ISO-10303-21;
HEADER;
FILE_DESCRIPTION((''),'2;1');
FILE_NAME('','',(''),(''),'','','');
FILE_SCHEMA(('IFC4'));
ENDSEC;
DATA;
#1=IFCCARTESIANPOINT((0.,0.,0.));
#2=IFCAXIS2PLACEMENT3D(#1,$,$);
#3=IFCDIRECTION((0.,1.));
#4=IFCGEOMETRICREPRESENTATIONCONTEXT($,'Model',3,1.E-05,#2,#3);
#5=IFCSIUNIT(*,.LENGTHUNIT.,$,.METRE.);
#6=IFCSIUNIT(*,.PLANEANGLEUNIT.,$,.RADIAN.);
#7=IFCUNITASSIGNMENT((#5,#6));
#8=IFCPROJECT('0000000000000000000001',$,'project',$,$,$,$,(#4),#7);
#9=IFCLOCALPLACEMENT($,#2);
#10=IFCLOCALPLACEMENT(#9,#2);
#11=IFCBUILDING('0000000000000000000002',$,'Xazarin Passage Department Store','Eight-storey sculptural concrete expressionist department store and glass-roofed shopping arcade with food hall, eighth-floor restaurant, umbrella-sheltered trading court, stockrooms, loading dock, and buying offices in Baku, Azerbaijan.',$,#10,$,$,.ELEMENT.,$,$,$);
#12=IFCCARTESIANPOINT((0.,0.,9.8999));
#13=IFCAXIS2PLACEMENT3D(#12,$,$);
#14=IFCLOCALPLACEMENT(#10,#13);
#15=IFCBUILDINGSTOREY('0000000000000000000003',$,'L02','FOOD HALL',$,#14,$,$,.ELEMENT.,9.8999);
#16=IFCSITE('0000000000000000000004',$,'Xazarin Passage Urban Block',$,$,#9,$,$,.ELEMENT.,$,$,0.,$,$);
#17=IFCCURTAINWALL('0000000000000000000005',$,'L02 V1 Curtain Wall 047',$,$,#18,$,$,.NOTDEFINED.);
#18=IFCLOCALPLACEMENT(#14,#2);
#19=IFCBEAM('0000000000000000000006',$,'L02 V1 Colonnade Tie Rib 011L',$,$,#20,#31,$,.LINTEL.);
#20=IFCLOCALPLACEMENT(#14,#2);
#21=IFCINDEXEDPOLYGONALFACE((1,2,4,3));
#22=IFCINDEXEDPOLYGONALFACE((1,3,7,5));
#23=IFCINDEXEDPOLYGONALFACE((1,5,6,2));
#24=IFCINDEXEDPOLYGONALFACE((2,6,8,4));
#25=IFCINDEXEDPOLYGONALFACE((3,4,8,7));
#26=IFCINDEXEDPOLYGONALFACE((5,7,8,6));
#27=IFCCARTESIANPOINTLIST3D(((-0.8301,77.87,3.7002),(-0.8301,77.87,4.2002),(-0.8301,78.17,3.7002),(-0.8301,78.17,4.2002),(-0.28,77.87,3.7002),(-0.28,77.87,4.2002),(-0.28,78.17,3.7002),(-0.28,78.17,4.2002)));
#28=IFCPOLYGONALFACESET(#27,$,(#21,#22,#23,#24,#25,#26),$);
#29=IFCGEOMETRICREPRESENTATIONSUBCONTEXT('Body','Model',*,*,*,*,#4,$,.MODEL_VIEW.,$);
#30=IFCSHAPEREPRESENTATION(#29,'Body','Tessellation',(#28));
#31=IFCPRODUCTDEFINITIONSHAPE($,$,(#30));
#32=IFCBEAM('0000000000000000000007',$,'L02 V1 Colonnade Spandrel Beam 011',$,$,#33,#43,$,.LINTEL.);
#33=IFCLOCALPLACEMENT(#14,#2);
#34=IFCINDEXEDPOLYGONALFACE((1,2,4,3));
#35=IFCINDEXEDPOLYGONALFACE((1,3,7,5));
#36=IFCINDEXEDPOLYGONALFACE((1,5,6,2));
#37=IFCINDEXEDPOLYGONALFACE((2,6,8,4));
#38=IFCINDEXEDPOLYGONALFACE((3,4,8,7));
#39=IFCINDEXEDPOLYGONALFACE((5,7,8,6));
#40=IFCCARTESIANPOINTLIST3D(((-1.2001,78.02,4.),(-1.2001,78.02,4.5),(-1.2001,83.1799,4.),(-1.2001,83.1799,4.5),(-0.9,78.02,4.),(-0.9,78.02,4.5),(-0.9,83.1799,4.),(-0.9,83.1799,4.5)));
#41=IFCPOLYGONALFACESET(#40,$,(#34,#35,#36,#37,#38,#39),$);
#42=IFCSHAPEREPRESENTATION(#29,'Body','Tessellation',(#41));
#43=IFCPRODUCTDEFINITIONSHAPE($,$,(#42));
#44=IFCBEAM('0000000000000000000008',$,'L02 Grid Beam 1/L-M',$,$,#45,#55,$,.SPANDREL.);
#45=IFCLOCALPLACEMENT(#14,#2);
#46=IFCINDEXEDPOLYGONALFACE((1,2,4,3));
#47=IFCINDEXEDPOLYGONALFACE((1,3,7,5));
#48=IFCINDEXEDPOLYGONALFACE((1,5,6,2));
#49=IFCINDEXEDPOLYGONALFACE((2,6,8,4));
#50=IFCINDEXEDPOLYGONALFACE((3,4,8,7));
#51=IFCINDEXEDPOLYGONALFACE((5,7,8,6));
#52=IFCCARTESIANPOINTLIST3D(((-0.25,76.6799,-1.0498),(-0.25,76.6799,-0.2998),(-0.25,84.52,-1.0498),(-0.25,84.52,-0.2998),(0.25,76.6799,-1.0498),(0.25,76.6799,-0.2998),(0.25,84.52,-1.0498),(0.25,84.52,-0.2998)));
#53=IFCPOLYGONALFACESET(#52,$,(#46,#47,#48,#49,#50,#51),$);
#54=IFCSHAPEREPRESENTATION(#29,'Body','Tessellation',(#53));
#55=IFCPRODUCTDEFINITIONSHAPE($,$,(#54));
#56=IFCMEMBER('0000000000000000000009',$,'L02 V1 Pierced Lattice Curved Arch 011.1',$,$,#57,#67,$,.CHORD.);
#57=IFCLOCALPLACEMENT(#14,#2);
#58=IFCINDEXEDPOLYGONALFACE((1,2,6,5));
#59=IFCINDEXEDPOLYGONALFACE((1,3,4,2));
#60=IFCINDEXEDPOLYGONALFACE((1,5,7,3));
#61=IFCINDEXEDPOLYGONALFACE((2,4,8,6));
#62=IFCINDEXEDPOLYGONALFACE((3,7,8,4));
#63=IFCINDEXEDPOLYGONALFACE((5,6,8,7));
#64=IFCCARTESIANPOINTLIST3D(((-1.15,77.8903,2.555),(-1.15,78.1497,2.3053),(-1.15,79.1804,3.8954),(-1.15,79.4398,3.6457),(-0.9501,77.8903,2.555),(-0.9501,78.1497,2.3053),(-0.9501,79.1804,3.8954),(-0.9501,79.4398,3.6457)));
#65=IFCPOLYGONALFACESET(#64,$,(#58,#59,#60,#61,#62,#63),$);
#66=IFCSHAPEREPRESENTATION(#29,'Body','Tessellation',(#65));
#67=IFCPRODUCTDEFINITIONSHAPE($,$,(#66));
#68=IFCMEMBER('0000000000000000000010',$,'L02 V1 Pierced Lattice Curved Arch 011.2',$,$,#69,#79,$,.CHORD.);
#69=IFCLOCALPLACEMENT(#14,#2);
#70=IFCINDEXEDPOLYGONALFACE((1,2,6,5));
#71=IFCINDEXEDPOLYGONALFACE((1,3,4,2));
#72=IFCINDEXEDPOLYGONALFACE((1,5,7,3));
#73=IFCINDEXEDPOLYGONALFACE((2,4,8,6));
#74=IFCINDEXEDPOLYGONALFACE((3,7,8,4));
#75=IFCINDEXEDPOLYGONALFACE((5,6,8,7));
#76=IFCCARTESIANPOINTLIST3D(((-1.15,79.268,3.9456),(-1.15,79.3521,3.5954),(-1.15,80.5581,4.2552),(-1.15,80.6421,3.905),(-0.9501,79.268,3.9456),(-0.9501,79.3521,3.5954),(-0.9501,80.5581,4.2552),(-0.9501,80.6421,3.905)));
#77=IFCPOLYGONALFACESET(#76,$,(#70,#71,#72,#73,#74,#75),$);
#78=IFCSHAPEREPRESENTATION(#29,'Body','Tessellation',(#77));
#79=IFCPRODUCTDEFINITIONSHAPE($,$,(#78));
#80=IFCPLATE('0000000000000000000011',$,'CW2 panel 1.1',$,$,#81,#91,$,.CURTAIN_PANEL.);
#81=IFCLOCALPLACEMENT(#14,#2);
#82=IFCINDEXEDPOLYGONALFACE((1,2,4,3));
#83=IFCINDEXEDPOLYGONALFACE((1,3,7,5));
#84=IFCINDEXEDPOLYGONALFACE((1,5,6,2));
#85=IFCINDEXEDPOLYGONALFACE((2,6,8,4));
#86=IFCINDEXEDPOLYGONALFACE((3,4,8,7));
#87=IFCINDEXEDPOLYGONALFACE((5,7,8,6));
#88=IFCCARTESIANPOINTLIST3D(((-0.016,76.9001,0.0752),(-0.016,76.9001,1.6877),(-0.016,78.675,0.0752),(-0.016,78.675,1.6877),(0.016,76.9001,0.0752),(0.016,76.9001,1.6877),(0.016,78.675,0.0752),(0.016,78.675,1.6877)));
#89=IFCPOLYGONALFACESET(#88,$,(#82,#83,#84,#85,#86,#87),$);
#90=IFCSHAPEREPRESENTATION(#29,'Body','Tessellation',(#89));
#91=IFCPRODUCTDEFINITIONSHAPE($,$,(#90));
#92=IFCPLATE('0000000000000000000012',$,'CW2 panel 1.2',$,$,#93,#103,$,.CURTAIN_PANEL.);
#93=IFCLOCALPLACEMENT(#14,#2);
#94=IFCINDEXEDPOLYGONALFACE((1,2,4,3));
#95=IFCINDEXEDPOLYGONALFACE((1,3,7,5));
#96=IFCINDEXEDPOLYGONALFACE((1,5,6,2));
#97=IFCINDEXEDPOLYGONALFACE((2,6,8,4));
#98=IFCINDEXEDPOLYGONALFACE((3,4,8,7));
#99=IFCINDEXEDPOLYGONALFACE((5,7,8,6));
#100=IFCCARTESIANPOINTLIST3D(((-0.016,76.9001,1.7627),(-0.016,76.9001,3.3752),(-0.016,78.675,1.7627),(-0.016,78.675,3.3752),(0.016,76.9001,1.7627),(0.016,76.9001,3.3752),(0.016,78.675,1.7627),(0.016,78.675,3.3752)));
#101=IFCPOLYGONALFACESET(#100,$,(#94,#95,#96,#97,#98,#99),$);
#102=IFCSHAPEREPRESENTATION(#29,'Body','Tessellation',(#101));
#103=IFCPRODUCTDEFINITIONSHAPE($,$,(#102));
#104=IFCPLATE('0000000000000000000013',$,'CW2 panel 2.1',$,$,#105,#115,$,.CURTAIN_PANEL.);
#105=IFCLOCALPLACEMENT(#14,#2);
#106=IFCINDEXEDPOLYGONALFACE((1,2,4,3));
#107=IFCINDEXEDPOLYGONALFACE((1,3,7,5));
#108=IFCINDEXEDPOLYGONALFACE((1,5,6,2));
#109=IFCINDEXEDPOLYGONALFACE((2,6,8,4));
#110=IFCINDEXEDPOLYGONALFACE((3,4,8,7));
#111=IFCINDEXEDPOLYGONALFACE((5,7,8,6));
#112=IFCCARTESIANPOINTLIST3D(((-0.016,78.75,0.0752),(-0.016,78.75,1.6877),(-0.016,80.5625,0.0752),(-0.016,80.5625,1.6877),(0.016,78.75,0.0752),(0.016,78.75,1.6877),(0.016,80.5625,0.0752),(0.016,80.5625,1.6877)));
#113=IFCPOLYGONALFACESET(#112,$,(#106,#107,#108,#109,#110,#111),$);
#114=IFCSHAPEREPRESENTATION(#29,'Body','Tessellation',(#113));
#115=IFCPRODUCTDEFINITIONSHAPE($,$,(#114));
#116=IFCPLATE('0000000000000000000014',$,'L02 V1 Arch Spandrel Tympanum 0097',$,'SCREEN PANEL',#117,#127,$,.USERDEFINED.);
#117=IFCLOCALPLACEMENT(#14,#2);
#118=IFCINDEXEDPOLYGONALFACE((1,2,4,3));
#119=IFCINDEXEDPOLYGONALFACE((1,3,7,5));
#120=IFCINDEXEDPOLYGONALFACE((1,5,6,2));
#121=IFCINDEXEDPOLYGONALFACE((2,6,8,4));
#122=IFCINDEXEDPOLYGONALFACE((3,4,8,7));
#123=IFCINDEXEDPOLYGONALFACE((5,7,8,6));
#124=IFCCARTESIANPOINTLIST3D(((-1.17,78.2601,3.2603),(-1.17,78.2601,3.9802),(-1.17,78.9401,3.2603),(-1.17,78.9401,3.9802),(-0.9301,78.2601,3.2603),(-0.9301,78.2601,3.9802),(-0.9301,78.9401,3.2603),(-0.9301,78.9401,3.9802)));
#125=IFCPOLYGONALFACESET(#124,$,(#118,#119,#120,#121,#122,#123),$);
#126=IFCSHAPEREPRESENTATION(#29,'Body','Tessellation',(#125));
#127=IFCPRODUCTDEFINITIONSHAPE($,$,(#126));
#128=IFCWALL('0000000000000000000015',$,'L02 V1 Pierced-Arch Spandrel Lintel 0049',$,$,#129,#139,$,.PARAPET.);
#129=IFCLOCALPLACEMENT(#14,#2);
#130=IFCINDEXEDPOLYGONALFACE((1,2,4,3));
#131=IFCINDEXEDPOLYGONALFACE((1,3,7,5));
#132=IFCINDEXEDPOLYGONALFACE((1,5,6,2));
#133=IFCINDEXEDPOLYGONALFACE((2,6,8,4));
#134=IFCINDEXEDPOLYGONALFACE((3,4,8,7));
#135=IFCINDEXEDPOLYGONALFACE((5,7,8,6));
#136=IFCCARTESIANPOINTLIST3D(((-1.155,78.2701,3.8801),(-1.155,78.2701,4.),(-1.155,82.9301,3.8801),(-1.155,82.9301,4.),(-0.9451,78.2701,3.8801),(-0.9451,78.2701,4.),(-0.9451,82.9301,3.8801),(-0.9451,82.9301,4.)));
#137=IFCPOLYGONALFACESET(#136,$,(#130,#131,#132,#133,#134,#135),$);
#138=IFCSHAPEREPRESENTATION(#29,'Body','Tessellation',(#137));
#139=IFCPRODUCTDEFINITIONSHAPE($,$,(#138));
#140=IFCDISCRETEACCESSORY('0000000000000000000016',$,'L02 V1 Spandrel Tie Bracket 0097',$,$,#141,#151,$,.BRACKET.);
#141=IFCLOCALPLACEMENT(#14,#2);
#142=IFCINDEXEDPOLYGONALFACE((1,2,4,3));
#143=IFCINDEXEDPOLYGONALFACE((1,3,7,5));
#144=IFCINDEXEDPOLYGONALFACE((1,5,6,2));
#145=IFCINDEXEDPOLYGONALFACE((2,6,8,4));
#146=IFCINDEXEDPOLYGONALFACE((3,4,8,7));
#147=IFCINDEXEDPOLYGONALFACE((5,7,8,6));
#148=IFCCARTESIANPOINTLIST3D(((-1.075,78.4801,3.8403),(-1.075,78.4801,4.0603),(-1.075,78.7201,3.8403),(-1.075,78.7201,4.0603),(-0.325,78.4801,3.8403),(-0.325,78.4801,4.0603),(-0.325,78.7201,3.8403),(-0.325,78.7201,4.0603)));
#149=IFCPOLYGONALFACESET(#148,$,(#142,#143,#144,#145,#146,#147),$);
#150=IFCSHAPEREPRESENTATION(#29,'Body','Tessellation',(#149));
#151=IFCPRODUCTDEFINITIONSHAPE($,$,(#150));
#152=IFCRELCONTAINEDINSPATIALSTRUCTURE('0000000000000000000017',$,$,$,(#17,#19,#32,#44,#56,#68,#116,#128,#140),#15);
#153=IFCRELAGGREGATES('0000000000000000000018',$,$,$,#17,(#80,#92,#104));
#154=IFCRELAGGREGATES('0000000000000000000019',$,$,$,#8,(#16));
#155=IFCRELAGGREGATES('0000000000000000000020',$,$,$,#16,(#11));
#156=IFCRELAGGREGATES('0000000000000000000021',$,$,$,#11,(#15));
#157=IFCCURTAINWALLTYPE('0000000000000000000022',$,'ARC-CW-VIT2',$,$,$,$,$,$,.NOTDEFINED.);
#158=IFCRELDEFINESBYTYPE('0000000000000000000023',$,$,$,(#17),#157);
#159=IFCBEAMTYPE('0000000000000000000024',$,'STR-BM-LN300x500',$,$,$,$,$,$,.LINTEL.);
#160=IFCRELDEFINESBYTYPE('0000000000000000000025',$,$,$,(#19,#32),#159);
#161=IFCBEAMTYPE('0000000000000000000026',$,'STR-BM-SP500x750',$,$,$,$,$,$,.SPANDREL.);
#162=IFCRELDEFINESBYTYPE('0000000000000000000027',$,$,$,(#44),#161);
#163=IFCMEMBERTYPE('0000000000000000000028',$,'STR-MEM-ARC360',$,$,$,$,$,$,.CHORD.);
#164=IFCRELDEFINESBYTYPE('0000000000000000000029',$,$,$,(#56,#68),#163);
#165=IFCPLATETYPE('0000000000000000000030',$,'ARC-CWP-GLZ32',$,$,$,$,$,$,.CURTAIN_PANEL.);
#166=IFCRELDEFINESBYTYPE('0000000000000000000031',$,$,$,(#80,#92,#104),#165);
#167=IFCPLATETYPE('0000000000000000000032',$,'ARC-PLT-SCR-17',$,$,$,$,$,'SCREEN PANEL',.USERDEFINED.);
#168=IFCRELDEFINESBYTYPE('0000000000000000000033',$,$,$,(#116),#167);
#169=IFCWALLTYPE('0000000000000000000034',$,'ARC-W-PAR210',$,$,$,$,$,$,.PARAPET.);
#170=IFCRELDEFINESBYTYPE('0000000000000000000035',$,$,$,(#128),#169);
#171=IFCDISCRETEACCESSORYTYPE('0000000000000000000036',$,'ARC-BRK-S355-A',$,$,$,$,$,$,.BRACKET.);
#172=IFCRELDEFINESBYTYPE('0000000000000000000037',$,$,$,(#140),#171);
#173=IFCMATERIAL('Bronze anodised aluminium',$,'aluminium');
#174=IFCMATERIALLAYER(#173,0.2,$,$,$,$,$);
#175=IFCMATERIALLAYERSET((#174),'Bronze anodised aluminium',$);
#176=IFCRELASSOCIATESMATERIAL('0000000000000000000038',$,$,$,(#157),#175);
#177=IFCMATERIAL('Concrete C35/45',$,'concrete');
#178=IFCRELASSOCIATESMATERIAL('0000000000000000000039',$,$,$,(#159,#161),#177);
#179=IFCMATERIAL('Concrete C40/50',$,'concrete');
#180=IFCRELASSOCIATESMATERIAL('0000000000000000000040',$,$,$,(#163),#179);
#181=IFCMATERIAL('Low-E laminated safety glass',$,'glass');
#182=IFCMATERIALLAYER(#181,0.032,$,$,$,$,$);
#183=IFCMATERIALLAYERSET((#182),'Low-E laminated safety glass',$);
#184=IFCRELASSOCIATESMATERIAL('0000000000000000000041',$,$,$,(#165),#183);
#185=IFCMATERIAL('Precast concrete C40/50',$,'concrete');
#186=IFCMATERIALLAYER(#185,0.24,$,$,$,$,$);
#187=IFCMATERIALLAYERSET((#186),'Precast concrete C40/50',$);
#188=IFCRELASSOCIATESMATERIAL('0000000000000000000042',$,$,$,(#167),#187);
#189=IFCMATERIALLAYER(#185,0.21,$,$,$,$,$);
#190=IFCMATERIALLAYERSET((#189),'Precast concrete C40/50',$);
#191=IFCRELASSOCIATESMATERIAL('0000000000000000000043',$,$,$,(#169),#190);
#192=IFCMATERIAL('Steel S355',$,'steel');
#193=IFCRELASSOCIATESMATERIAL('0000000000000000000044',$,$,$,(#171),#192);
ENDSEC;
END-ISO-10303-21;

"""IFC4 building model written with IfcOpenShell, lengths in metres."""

from ifc_helpers import new_model, si_unit, direction, frame, frame_2d, origin, origin_2d, place, context, subcontext, project, spatial, rectangle, extrude, material, layer, layer_set, material_profile, profile_set, type_object, element, aggregate, save


model = new_model("IFC4")

# Units and contexts
model_context = context("Model", 3, precision=1e-05, world=origin(), true_north=direction((0.0, 1.0)))
body_context = subcontext(model_context, "Body", "Model", "MODEL_VIEW")
ifc_project = project(units=[si_unit("LENGTHUNIT", "METRE"), si_unit("PLANEANGLEUNIT", "RADIAN")], contexts=[model_context])

# Site, building, storey
site_placement = place(None, origin())
site = spatial("IfcSite", under=ifc_project, at=site_placement, Name="Xazarin Passage Urban Block", CompositionType="ELEMENT", RefElevation=0.0)
building_placement = place(site_placement, origin())
building = spatial("IfcBuilding", under=site, at=building_placement, Name="Xazarin Passage Department Store", Description="Eight-storey sculptural concrete expressionist department store and glass-roofed shopping arcade with food hall, eighth-floor restaurant, umbrella-sheltered trading court, stockrooms, loading dock, and buying offices in Baku, Azerbaijan.", CompositionType="ELEMENT")
storey_placement = place(building_placement, frame((0.0, 0.0, 9.8999)))
storey = spatial("IfcBuildingStorey", under=building, at=storey_placement, Name="L02", Description="FOOD HALL", CompositionType="ELEMENT", Elevation=9.8999)

# Shared definitions
ifc_material_1 = material(Name="Concrete C40/50", Category="concrete")

# Shared definitions
ifc_material_2 = material(Name="Bronze anodised aluminium", Category="aluminium")
ifc_layer_1 = layer(ifc_material_2, 0.2)
ifc_layer_set_1 = layer_set([ifc_layer_1], Name="Bronze anodised aluminium")
curtain_wall_type = type_object("IfcCurtainWallType", Name="ARC-CW-VIT2", PredefinedType="NOTDEFINED", material=ifc_layer_set_1)

# Curtain wall
curtain_wall_1_placement = place(storey_placement, origin())
curtain_wall_1 = element("IfcCurtainWall", 1, at=curtain_wall_1_placement, inside=storey, type_object=curtain_wall_type, Name="L02 V1 Curtain Wall 047", PredefinedType="NOTDEFINED")

# Beams
ifc_material_3 = material(Name="Concrete C35/45", Category="concrete")
ifc_material_profile_1 = material_profile(ifc_material_3, rectangle(XDim=0.3, YDim=0.5, at=origin_2d()), Name="RC 300x500")
ifc_profile_set_1 = profile_set([ifc_material_profile_1], Name="Concrete C35/45")
beam_type_1 = type_object("IfcBeamType", Name="STR-BM-LN300x500", PredefinedType="LINTEL", material=ifc_profile_set_1)
beam_1_placement = place(storey_placement, frame((-0.28, 78.02, 3.9502), z_axis=(-1.0, 0.0, 0.0), x_axis=(0.0, -1.0, 0.0)))
element("IfcBeam", 2, at=beam_1_placement, inside=storey, type_object=beam_type_1, Name="L02 V1 Colonnade Tie Rib 011L", PredefinedType="LINTEL", context=body_context, shape_type="SweptSolid", body=[
    extrude(rectangle(XDim=0.3, YDim=0.5, at=origin_2d()), origin(), (0.0, 0.0, 1.0), 0.55),
])
beam_2_placement = place(storey_placement, frame((-1.05, 78.02, 4.25), z_axis=(0.0, 1.0, 0.0), x_axis=(-1.0, 0.0, 0.0)))
element("IfcBeam", 3, at=beam_2_placement, inside=storey, type_object=beam_type_1, Name="L02 V1 Colonnade Spandrel Beam 011", PredefinedType="LINTEL", context=body_context, shape_type="SweptSolid", body=[
    extrude(rectangle(XDim=0.3, YDim=0.5, at=origin_2d()), origin(), (0.0, 0.0, 1.0), 5.1599),
])
ifc_material_profile_2 = material_profile(ifc_material_3, rectangle(XDim=0.5, YDim=0.75, at=origin_2d()), Name="RC 500x750")
ifc_profile_set_2 = profile_set([ifc_material_profile_2], Name="Concrete C35/45")
beam_type_2 = type_object("IfcBeamType", Name="STR-BM-SP500x750", PredefinedType="SPANDREL", material=ifc_profile_set_2)
beam_3_placement = place(storey_placement, frame((0.0, 76.6799, -0.6748), z_axis=(0.0, 1.0, 0.0), x_axis=(-1.0, 0.0, 0.0)))
element("IfcBeam", 4, at=beam_3_placement, inside=storey, type_object=beam_type_2, Name="L02 Grid Beam 1/L-M", PredefinedType="SPANDREL", context=body_context, shape_type="SweptSolid", body=[
    extrude(rectangle(XDim=0.5, YDim=0.75, at=origin_2d()), origin(), (0.0, 0.0, 1.0), 7.8401),
])

# Members
ifc_material_profile_3 = material_profile(ifc_material_1, rectangle(XDim=0.2, YDim=0.3601, at=origin_2d()), Name="RC 200x360")
ifc_profile_set_3 = profile_set([ifc_material_profile_3], Name="Concrete C40/50")
member_type_1 = type_object("IfcMemberType", Name="STR-MEM-ARC360", PredefinedType="CHORD", material=ifc_profile_set_3)
member_1_placement = place(storey_placement, frame((-1.05, 78.02, 2.4302), z_axis=(0.0, 0.69346, 0.720495), x_axis=(-1.0, 0.0, 0.0)))
element("IfcMember", 5, at=member_1_placement, inside=storey, type_object=member_type_1, Name="L02 V1 Pierced Lattice Curved Arch 011.1", PredefinedType="CHORD", context=body_context, shape_type="SweptSolid", body=[
    extrude(rectangle(XDim=0.2, YDim=0.3601, at=origin_2d()), origin(), (0.0, 0.0, 1.0), 1.8604),
])
member_2_placement = place(storey_placement, frame((-1.05, 79.3101, 3.7705), z_axis=(0.0, 0.972394, 0.233345), x_axis=(-1.0, 0.0, 0.0)))
element("IfcMember", 6, at=member_2_placement, inside=storey, type_object=member_type_1, Name="L02 V1 Pierced Lattice Curved Arch 011.2", PredefinedType="CHORD", context=body_context, shape_type="SweptSolid", body=[
    extrude(rectangle(XDim=0.2, YDim=0.3601, at=origin_2d()), origin(), (0.0, 0.0, 1.0), 1.3267),
])

# Plates
ifc_material_4 = material(Name="Low-E laminated safety glass", Category="glass")
ifc_layer_2 = layer(ifc_material_4, 0.032)
ifc_layer_set_2 = layer_set([ifc_layer_2], Name="Low-E laminated safety glass")
plate_type_1 = type_object("IfcPlateType", Name="ARC-CWP-GLZ32", PredefinedType="CURTAIN_PANEL", material=ifc_layer_set_2)
plate_1_placement = place(storey_placement, frame((0.0, 77.7876, 0.0752), z_axis=(0.0, 0.0, 1.0), x_axis=(0.0, 1.0, 0.0)))
plate_1 = element("IfcPlate", 7, at=plate_1_placement, type_object=plate_type_1, Name="CW2 panel 1.1", PredefinedType="CURTAIN_PANEL", context=body_context, shape_type="SweptSolid", body=[
    extrude(rectangle(XDim=1.7749, YDim=0.032, at=origin_2d()), origin(), (0.0, 0.0, 1.0), 1.6125),
])
plate_2_placement = place(storey_placement, frame((0.0, 77.7876, 1.7627), z_axis=(0.0, 0.0, 1.0), x_axis=(0.0, 1.0, 0.0)))
plate_2 = element("IfcPlate", 8, at=plate_2_placement, type_object=plate_type_1, Name="CW2 panel 1.2", PredefinedType="CURTAIN_PANEL", context=body_context, shape_type="SweptSolid", body=[
    extrude(rectangle(XDim=1.7749, YDim=0.032, at=origin_2d()), origin(), (0.0, 0.0, 1.0), 1.6125),
])
plate_3_placement = place(storey_placement, frame((0.0, 79.6562, 0.0752), z_axis=(0.0, 0.0, 1.0), x_axis=(0.0, 1.0, 0.0)))
plate_3 = element("IfcPlate", 9, at=plate_3_placement, type_object=plate_type_1, Name="CW2 panel 2.1", PredefinedType="CURTAIN_PANEL", context=body_context, shape_type="SweptSolid", body=[
    extrude(rectangle(XDim=1.8125, YDim=0.032, at=origin_2d()), origin(), (0.0, 0.0, 1.0), 1.6125),
])
aggregate(curtain_wall_1, [plate_1, plate_2, plate_3])
ifc_material_5 = material(Name="Precast concrete C40/50", Category="concrete")
ifc_layer_3 = layer(ifc_material_5, 0.24)
ifc_layer_set_3 = layer_set([ifc_layer_3], Name="Precast concrete C40/50")
plate_type_2 = type_object("IfcPlateType", Name="ARC-PLT-SCR-17", ElementType="SCREEN PANEL", PredefinedType="USERDEFINED", material=ifc_layer_set_3)
plate_4_placement = place(storey_placement, frame((-1.05, 78.6001, 3.2603), z_axis=(0.0, 0.0, 1.0), x_axis=(0.0, 1.0, 0.0)))
element("IfcPlate", 10, at=plate_4_placement, inside=storey, type_object=plate_type_2, Name="L02 V1 Arch Spandrel Tympanum 0097", ObjectType="SCREEN PANEL", PredefinedType="USERDEFINED", context=body_context, shape_type="SweptSolid", body=[
    extrude(rectangle(XDim=0.6799, YDim=0.24, at=origin_2d()), origin(), (0.0, 0.0, 1.0), 0.72),
])

# Wall
ifc_layer_4 = layer(ifc_material_5, 0.21)
ifc_layer_set_4 = layer_set([ifc_layer_4], Name="Precast concrete C40/50")
wall_type = type_object("IfcWallType", Name="ARC-W-PAR210", PredefinedType="PARAPET", material=ifc_layer_set_4)
wall_placement = place(storey_placement, frame((-1.05, 78.27, 3.8801), z_axis=(0.0, 0.0, 1.0), x_axis=(0.0, 1.0, 0.0)))
element("IfcWall", 11, at=wall_placement, inside=storey, type_object=wall_type, Name="L02 V1 Pierced-Arch Spandrel Lintel 0049", PredefinedType="PARAPET", context=body_context, shape_type="SweptSolid", body=[
    extrude(rectangle(XDim=4.6599, YDim=0.21, at=frame_2d((2.3301, 0.0))), origin(), (0.0, 0.0, 1.0), 0.1199),
])

# Discrete accessory
ifc_material_6 = material(Name="Steel S355", Category="steel")
discrete_accessory_type = type_object("IfcDiscreteAccessoryType", Name="ARC-BRK-S355-A", PredefinedType="BRACKET", material=ifc_material_6)
discrete_accessory_placement = place(storey_placement, frame((-0.7, 78.6001, 3.8403), z_axis=(0.0, 0.0, 1.0), x_axis=(0.0, 1.0, 0.0)))
element("IfcDiscreteAccessory", 12, at=discrete_accessory_placement, inside=storey, type_object=discrete_accessory_type, Name="L02 V1 Spandrel Tie Bracket 0097", PredefinedType="BRACKET", context=body_context, shape_type="SweptSolid", body=[
    extrude(rectangle(XDim=0.24, YDim=0.75, at=origin_2d()), origin(), (0.0, 0.0, 1.0), 0.22),
])

save(model, "model.ifc")
